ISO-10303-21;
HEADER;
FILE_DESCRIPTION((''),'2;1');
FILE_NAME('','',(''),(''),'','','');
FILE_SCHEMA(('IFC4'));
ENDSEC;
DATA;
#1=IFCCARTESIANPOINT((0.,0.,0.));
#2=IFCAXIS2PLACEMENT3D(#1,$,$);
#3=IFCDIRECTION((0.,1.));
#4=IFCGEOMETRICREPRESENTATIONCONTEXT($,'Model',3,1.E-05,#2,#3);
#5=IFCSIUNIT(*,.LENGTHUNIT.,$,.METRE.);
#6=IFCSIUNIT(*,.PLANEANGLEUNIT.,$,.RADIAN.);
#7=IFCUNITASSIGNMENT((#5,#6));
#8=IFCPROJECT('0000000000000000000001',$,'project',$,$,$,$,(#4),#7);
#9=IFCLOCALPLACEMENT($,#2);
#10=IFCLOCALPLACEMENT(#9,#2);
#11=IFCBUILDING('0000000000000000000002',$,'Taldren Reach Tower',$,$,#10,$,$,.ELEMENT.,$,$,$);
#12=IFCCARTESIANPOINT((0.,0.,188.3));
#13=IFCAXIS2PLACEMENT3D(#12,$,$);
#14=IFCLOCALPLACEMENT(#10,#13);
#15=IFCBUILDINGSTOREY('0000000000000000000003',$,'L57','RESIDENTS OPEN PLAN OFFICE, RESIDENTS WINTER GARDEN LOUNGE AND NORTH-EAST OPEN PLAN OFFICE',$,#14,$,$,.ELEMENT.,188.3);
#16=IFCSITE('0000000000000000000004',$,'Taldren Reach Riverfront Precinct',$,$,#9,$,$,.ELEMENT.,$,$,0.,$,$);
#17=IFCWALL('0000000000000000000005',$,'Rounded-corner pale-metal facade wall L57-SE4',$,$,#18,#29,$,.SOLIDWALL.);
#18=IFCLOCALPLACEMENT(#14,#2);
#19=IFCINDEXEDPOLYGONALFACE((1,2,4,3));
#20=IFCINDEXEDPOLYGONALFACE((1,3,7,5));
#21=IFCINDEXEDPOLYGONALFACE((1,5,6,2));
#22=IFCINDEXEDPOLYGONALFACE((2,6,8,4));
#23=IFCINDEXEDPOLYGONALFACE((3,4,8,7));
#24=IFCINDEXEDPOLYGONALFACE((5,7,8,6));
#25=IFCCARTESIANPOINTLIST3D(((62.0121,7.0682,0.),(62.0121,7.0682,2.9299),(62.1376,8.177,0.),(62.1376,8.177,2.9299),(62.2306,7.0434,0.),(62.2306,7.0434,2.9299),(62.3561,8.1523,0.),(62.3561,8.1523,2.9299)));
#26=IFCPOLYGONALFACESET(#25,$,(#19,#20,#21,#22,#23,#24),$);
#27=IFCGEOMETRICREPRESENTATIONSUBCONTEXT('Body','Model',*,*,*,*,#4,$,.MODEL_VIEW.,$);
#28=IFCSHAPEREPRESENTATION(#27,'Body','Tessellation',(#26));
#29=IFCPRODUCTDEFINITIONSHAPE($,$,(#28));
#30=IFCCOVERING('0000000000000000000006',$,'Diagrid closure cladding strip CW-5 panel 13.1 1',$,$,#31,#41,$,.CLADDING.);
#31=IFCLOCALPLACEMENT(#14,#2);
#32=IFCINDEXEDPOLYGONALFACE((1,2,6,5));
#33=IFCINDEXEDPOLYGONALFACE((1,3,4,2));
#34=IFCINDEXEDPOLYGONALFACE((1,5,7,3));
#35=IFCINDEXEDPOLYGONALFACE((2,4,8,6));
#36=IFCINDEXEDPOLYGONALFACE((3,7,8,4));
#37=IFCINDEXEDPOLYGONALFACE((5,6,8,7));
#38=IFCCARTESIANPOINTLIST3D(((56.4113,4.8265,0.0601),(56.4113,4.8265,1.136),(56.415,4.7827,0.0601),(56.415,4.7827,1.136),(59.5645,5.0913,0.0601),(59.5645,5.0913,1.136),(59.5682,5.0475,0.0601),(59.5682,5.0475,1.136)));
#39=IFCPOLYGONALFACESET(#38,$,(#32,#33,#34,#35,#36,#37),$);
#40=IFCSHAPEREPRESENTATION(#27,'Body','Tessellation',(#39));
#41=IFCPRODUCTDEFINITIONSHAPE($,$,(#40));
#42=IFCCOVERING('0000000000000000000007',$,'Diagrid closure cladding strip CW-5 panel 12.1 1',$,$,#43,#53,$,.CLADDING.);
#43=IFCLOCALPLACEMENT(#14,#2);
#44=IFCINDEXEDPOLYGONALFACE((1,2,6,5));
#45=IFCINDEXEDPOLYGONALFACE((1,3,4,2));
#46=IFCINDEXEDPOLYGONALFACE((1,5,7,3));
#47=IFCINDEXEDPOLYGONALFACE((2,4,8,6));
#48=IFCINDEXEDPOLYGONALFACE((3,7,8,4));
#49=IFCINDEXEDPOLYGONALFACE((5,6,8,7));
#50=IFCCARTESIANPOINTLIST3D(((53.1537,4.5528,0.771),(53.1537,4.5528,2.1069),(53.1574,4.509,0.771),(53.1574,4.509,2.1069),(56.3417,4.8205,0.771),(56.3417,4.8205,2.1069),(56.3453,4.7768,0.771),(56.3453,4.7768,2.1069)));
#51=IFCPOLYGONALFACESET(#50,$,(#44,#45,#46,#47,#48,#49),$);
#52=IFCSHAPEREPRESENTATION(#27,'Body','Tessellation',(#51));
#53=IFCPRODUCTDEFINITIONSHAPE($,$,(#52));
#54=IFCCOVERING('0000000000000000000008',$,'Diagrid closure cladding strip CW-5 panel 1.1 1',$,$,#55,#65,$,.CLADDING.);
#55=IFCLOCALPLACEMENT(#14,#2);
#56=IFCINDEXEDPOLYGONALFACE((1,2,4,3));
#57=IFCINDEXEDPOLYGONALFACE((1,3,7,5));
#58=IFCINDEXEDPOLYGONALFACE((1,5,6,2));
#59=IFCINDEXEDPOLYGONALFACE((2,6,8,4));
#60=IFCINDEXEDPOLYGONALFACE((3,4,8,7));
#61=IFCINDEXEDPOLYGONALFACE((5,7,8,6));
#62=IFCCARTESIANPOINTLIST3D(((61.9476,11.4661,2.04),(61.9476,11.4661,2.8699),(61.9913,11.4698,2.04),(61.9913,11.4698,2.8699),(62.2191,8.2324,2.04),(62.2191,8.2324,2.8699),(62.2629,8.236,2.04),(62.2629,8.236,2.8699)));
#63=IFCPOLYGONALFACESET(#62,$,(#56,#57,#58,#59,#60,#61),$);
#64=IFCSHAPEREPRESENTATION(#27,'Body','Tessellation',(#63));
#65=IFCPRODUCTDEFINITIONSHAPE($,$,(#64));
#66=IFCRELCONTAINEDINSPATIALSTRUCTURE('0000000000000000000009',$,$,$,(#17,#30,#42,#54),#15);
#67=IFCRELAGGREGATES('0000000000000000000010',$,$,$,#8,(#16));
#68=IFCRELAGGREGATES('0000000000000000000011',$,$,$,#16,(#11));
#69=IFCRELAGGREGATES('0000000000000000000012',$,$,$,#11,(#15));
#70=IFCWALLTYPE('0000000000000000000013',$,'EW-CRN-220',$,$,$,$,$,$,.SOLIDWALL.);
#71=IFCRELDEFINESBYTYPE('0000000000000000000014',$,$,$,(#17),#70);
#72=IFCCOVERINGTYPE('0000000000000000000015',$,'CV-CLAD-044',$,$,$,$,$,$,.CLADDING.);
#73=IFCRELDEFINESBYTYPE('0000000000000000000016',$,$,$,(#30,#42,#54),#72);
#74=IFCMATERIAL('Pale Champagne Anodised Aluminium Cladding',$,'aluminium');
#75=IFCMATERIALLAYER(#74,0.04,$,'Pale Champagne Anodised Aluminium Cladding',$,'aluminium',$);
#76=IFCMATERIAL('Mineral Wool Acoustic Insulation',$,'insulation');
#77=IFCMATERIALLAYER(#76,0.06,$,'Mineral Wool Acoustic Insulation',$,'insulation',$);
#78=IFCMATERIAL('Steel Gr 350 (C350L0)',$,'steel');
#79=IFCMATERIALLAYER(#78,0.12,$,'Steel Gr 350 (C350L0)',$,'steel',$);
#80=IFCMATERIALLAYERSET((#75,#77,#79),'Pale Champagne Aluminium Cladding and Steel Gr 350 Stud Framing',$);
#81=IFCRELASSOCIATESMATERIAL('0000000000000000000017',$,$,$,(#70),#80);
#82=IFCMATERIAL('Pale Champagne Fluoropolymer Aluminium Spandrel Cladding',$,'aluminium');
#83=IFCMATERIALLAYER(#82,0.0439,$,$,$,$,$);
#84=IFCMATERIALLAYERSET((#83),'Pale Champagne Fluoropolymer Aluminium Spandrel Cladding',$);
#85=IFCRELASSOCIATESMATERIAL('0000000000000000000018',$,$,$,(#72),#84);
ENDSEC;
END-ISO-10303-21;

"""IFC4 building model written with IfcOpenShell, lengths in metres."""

from ifc_helpers import new_model, si_unit, direction, frame, frame_2d, origin, origin_2d, place, context, subcontext, project, spatial, rectangle, extrude, source, transform, mapped, material, layer, layer_set, type_object, element, save


model = new_model("IFC4")

# Units and contexts
model_context = context("Model", 3, precision=1e-05, world=origin(), true_north=direction((0.0, 1.0)))
body_context = subcontext(model_context, "Body", "Model", "MODEL_VIEW")
ifc_project = project(units=[si_unit("LENGTHUNIT", "METRE"), si_unit("PLANEANGLEUNIT", "RADIAN")], contexts=[model_context])

# Site, building, storey
site_placement = place(None, origin())
site = spatial("IfcSite", under=ifc_project, at=site_placement, Name="Taldren Reach Riverfront Precinct", CompositionType="ELEMENT", RefElevation=0.0)
building_placement = place(site_placement, origin())
building = spatial("IfcBuilding", under=site, at=building_placement, Name="Taldren Reach Tower", CompositionType="ELEMENT")
storey_placement = place(building_placement, frame((0.0, 0.0, 188.3)))
storey = spatial("IfcBuildingStorey", under=building, at=storey_placement, Name="L57", Description="RESIDENTS OPEN PLAN OFFICE, RESIDENTS WINTER GARDEN LOUNGE AND NORTH-EAST OPEN PLAN OFFICE", CompositionType="ELEMENT", Elevation=188.3)

# Shared definitions
ifc_material_1 = material(Name="Steel Gr 350 (C350L0)", Category="steel")

# Wall
ifc_material_2 = material(Name="Pale Champagne Anodised Aluminium Cladding", Category="aluminium")
ifc_layer_1 = layer(ifc_material_2, 0.04, Name="Pale Champagne Anodised Aluminium Cladding", Category="aluminium")
ifc_material_3 = material(Name="Mineral Wool Acoustic Insulation", Category="insulation")
ifc_layer_2 = layer(ifc_material_3, 0.06, Name="Mineral Wool Acoustic Insulation", Category="insulation")
ifc_layer_3 = layer(ifc_material_1, 0.12, Name="Steel Gr 350 (C350L0)", Category="steel")
ifc_layer_set_1 = layer_set([ifc_layer_1, ifc_layer_2, ifc_layer_3], Name="Pale Champagne Aluminium Cladding and Steel Gr 350 Stud Framing")
wall_type = type_object("IfcWallType", Name="EW-CRN-220", PredefinedType="SOLIDWALL", material=ifc_layer_set_1)
shared_shape_1 = source(origin(), body_context, "Body", "SweptSolid", [
    extrude(rectangle(XDim=1.116, YDim=0.22, at=frame_2d((0.5581, 0.0))), origin(), (0.0, 0.0, 1.0), 2.9299),
])
for number, where, z_axis, x_axis, name in (
    (1, (62.1213, 7.0557, 0.0), (0.0, 0.0, 1.0), (0.112448, 0.993658, 0.0), "Rounded-corner pale-metal facade wall L57-SE4"),
):
    element("IfcWall", number, at=place(storey_placement, frame(where, z_axis=z_axis, x_axis=x_axis)), inside=storey, type_object=wall_type, Name=name, PredefinedType="SOLIDWALL", context=body_context, shape_type="MappedRepresentation", body=[
        mapped(shared_shape_1, transform((0.0, 0.0, 0.0), scale=1.0)),
    ])

# Coverings
ifc_material_4 = material(Name="Pale Champagne Fluoropolymer Aluminium Spandrel Cladding", Category="aluminium")
ifc_layer_4 = layer(ifc_material_4, 0.0439)
ifc_layer_set_2 = layer_set([ifc_layer_4], Name="Pale Champagne Fluoropolymer Aluminium Spandrel Cladding")
covering_type = type_object("IfcCoveringType", Name="CV-CLAD-044", PredefinedType="CLADDING", material=ifc_layer_set_2)
shared_shape_2 = source(origin(), body_context, "Body", "SweptSolid", [
    extrude(rectangle(XDim=3.1643, YDim=0.0439, at=origin_2d()), origin(), (0.0, 0.0, 1.0), 1.0759),
])
covering_1_placement = place(storey_placement, frame((57.9897, 4.937, 0.0601), z_axis=(0.0, 0.0, 1.0), x_axis=(0.996493, 0.083678, 0.0)))
element("IfcCovering", 2, at=covering_1_placement, inside=storey, type_object=covering_type, Name="Diagrid closure cladding strip CW-5 panel 13.1 1", PredefinedType="CLADDING", context=body_context, shape_type="MappedRepresentation", body=[
    mapped(shared_shape_2, transform((0.0, 0.0, 0.0), scale=1.0)),
])
shared_shape_3 = source(origin(), body_context, "Body", "SweptSolid", [
    extrude(rectangle(XDim=3.1992, YDim=0.0439, at=origin_2d()), origin(), (0.0, 0.0, 1.0), 1.3359),
])
covering_2_placement = place(storey_placement, frame((54.7495, 4.6648, 0.771), z_axis=(0.0, 0.0, 1.0), x_axis=(0.996493, 0.083678, 0.0)))
element("IfcCovering", 3, at=covering_2_placement, inside=storey, type_object=covering_type, Name="Diagrid closure cladding strip CW-5 panel 12.1 1", PredefinedType="CLADDING", context=body_context, shape_type="MappedRepresentation", body=[
    mapped(shared_shape_3, transform((0.0, 0.0, 0.0), scale=1.0)),
])
shared_shape_4 = source(origin(), body_context, "Body", "SweptSolid", [
    extrude(rectangle(XDim=3.2451, YDim=0.0439, at=origin_2d()), origin(), (0.0, 0.0, 1.0), 0.8298),
])
covering_3_placement = place(storey_placement, frame((62.1052, 9.8511, 2.04), z_axis=(0.0, 0.0, 1.0), x_axis=(-0.083678, 0.996493, 0.0)))
element("IfcCovering", 4, at=covering_3_placement, inside=storey, type_object=covering_type, Name="Diagrid closure cladding strip CW-5 panel 1.1 1", PredefinedType="CLADDING", context=body_context, shape_type="MappedRepresentation", body=[
    mapped(shared_shape_4, transform((0.0, 0.0, 0.0), scale=1.0)),
])

save(model, "model.ifc")
